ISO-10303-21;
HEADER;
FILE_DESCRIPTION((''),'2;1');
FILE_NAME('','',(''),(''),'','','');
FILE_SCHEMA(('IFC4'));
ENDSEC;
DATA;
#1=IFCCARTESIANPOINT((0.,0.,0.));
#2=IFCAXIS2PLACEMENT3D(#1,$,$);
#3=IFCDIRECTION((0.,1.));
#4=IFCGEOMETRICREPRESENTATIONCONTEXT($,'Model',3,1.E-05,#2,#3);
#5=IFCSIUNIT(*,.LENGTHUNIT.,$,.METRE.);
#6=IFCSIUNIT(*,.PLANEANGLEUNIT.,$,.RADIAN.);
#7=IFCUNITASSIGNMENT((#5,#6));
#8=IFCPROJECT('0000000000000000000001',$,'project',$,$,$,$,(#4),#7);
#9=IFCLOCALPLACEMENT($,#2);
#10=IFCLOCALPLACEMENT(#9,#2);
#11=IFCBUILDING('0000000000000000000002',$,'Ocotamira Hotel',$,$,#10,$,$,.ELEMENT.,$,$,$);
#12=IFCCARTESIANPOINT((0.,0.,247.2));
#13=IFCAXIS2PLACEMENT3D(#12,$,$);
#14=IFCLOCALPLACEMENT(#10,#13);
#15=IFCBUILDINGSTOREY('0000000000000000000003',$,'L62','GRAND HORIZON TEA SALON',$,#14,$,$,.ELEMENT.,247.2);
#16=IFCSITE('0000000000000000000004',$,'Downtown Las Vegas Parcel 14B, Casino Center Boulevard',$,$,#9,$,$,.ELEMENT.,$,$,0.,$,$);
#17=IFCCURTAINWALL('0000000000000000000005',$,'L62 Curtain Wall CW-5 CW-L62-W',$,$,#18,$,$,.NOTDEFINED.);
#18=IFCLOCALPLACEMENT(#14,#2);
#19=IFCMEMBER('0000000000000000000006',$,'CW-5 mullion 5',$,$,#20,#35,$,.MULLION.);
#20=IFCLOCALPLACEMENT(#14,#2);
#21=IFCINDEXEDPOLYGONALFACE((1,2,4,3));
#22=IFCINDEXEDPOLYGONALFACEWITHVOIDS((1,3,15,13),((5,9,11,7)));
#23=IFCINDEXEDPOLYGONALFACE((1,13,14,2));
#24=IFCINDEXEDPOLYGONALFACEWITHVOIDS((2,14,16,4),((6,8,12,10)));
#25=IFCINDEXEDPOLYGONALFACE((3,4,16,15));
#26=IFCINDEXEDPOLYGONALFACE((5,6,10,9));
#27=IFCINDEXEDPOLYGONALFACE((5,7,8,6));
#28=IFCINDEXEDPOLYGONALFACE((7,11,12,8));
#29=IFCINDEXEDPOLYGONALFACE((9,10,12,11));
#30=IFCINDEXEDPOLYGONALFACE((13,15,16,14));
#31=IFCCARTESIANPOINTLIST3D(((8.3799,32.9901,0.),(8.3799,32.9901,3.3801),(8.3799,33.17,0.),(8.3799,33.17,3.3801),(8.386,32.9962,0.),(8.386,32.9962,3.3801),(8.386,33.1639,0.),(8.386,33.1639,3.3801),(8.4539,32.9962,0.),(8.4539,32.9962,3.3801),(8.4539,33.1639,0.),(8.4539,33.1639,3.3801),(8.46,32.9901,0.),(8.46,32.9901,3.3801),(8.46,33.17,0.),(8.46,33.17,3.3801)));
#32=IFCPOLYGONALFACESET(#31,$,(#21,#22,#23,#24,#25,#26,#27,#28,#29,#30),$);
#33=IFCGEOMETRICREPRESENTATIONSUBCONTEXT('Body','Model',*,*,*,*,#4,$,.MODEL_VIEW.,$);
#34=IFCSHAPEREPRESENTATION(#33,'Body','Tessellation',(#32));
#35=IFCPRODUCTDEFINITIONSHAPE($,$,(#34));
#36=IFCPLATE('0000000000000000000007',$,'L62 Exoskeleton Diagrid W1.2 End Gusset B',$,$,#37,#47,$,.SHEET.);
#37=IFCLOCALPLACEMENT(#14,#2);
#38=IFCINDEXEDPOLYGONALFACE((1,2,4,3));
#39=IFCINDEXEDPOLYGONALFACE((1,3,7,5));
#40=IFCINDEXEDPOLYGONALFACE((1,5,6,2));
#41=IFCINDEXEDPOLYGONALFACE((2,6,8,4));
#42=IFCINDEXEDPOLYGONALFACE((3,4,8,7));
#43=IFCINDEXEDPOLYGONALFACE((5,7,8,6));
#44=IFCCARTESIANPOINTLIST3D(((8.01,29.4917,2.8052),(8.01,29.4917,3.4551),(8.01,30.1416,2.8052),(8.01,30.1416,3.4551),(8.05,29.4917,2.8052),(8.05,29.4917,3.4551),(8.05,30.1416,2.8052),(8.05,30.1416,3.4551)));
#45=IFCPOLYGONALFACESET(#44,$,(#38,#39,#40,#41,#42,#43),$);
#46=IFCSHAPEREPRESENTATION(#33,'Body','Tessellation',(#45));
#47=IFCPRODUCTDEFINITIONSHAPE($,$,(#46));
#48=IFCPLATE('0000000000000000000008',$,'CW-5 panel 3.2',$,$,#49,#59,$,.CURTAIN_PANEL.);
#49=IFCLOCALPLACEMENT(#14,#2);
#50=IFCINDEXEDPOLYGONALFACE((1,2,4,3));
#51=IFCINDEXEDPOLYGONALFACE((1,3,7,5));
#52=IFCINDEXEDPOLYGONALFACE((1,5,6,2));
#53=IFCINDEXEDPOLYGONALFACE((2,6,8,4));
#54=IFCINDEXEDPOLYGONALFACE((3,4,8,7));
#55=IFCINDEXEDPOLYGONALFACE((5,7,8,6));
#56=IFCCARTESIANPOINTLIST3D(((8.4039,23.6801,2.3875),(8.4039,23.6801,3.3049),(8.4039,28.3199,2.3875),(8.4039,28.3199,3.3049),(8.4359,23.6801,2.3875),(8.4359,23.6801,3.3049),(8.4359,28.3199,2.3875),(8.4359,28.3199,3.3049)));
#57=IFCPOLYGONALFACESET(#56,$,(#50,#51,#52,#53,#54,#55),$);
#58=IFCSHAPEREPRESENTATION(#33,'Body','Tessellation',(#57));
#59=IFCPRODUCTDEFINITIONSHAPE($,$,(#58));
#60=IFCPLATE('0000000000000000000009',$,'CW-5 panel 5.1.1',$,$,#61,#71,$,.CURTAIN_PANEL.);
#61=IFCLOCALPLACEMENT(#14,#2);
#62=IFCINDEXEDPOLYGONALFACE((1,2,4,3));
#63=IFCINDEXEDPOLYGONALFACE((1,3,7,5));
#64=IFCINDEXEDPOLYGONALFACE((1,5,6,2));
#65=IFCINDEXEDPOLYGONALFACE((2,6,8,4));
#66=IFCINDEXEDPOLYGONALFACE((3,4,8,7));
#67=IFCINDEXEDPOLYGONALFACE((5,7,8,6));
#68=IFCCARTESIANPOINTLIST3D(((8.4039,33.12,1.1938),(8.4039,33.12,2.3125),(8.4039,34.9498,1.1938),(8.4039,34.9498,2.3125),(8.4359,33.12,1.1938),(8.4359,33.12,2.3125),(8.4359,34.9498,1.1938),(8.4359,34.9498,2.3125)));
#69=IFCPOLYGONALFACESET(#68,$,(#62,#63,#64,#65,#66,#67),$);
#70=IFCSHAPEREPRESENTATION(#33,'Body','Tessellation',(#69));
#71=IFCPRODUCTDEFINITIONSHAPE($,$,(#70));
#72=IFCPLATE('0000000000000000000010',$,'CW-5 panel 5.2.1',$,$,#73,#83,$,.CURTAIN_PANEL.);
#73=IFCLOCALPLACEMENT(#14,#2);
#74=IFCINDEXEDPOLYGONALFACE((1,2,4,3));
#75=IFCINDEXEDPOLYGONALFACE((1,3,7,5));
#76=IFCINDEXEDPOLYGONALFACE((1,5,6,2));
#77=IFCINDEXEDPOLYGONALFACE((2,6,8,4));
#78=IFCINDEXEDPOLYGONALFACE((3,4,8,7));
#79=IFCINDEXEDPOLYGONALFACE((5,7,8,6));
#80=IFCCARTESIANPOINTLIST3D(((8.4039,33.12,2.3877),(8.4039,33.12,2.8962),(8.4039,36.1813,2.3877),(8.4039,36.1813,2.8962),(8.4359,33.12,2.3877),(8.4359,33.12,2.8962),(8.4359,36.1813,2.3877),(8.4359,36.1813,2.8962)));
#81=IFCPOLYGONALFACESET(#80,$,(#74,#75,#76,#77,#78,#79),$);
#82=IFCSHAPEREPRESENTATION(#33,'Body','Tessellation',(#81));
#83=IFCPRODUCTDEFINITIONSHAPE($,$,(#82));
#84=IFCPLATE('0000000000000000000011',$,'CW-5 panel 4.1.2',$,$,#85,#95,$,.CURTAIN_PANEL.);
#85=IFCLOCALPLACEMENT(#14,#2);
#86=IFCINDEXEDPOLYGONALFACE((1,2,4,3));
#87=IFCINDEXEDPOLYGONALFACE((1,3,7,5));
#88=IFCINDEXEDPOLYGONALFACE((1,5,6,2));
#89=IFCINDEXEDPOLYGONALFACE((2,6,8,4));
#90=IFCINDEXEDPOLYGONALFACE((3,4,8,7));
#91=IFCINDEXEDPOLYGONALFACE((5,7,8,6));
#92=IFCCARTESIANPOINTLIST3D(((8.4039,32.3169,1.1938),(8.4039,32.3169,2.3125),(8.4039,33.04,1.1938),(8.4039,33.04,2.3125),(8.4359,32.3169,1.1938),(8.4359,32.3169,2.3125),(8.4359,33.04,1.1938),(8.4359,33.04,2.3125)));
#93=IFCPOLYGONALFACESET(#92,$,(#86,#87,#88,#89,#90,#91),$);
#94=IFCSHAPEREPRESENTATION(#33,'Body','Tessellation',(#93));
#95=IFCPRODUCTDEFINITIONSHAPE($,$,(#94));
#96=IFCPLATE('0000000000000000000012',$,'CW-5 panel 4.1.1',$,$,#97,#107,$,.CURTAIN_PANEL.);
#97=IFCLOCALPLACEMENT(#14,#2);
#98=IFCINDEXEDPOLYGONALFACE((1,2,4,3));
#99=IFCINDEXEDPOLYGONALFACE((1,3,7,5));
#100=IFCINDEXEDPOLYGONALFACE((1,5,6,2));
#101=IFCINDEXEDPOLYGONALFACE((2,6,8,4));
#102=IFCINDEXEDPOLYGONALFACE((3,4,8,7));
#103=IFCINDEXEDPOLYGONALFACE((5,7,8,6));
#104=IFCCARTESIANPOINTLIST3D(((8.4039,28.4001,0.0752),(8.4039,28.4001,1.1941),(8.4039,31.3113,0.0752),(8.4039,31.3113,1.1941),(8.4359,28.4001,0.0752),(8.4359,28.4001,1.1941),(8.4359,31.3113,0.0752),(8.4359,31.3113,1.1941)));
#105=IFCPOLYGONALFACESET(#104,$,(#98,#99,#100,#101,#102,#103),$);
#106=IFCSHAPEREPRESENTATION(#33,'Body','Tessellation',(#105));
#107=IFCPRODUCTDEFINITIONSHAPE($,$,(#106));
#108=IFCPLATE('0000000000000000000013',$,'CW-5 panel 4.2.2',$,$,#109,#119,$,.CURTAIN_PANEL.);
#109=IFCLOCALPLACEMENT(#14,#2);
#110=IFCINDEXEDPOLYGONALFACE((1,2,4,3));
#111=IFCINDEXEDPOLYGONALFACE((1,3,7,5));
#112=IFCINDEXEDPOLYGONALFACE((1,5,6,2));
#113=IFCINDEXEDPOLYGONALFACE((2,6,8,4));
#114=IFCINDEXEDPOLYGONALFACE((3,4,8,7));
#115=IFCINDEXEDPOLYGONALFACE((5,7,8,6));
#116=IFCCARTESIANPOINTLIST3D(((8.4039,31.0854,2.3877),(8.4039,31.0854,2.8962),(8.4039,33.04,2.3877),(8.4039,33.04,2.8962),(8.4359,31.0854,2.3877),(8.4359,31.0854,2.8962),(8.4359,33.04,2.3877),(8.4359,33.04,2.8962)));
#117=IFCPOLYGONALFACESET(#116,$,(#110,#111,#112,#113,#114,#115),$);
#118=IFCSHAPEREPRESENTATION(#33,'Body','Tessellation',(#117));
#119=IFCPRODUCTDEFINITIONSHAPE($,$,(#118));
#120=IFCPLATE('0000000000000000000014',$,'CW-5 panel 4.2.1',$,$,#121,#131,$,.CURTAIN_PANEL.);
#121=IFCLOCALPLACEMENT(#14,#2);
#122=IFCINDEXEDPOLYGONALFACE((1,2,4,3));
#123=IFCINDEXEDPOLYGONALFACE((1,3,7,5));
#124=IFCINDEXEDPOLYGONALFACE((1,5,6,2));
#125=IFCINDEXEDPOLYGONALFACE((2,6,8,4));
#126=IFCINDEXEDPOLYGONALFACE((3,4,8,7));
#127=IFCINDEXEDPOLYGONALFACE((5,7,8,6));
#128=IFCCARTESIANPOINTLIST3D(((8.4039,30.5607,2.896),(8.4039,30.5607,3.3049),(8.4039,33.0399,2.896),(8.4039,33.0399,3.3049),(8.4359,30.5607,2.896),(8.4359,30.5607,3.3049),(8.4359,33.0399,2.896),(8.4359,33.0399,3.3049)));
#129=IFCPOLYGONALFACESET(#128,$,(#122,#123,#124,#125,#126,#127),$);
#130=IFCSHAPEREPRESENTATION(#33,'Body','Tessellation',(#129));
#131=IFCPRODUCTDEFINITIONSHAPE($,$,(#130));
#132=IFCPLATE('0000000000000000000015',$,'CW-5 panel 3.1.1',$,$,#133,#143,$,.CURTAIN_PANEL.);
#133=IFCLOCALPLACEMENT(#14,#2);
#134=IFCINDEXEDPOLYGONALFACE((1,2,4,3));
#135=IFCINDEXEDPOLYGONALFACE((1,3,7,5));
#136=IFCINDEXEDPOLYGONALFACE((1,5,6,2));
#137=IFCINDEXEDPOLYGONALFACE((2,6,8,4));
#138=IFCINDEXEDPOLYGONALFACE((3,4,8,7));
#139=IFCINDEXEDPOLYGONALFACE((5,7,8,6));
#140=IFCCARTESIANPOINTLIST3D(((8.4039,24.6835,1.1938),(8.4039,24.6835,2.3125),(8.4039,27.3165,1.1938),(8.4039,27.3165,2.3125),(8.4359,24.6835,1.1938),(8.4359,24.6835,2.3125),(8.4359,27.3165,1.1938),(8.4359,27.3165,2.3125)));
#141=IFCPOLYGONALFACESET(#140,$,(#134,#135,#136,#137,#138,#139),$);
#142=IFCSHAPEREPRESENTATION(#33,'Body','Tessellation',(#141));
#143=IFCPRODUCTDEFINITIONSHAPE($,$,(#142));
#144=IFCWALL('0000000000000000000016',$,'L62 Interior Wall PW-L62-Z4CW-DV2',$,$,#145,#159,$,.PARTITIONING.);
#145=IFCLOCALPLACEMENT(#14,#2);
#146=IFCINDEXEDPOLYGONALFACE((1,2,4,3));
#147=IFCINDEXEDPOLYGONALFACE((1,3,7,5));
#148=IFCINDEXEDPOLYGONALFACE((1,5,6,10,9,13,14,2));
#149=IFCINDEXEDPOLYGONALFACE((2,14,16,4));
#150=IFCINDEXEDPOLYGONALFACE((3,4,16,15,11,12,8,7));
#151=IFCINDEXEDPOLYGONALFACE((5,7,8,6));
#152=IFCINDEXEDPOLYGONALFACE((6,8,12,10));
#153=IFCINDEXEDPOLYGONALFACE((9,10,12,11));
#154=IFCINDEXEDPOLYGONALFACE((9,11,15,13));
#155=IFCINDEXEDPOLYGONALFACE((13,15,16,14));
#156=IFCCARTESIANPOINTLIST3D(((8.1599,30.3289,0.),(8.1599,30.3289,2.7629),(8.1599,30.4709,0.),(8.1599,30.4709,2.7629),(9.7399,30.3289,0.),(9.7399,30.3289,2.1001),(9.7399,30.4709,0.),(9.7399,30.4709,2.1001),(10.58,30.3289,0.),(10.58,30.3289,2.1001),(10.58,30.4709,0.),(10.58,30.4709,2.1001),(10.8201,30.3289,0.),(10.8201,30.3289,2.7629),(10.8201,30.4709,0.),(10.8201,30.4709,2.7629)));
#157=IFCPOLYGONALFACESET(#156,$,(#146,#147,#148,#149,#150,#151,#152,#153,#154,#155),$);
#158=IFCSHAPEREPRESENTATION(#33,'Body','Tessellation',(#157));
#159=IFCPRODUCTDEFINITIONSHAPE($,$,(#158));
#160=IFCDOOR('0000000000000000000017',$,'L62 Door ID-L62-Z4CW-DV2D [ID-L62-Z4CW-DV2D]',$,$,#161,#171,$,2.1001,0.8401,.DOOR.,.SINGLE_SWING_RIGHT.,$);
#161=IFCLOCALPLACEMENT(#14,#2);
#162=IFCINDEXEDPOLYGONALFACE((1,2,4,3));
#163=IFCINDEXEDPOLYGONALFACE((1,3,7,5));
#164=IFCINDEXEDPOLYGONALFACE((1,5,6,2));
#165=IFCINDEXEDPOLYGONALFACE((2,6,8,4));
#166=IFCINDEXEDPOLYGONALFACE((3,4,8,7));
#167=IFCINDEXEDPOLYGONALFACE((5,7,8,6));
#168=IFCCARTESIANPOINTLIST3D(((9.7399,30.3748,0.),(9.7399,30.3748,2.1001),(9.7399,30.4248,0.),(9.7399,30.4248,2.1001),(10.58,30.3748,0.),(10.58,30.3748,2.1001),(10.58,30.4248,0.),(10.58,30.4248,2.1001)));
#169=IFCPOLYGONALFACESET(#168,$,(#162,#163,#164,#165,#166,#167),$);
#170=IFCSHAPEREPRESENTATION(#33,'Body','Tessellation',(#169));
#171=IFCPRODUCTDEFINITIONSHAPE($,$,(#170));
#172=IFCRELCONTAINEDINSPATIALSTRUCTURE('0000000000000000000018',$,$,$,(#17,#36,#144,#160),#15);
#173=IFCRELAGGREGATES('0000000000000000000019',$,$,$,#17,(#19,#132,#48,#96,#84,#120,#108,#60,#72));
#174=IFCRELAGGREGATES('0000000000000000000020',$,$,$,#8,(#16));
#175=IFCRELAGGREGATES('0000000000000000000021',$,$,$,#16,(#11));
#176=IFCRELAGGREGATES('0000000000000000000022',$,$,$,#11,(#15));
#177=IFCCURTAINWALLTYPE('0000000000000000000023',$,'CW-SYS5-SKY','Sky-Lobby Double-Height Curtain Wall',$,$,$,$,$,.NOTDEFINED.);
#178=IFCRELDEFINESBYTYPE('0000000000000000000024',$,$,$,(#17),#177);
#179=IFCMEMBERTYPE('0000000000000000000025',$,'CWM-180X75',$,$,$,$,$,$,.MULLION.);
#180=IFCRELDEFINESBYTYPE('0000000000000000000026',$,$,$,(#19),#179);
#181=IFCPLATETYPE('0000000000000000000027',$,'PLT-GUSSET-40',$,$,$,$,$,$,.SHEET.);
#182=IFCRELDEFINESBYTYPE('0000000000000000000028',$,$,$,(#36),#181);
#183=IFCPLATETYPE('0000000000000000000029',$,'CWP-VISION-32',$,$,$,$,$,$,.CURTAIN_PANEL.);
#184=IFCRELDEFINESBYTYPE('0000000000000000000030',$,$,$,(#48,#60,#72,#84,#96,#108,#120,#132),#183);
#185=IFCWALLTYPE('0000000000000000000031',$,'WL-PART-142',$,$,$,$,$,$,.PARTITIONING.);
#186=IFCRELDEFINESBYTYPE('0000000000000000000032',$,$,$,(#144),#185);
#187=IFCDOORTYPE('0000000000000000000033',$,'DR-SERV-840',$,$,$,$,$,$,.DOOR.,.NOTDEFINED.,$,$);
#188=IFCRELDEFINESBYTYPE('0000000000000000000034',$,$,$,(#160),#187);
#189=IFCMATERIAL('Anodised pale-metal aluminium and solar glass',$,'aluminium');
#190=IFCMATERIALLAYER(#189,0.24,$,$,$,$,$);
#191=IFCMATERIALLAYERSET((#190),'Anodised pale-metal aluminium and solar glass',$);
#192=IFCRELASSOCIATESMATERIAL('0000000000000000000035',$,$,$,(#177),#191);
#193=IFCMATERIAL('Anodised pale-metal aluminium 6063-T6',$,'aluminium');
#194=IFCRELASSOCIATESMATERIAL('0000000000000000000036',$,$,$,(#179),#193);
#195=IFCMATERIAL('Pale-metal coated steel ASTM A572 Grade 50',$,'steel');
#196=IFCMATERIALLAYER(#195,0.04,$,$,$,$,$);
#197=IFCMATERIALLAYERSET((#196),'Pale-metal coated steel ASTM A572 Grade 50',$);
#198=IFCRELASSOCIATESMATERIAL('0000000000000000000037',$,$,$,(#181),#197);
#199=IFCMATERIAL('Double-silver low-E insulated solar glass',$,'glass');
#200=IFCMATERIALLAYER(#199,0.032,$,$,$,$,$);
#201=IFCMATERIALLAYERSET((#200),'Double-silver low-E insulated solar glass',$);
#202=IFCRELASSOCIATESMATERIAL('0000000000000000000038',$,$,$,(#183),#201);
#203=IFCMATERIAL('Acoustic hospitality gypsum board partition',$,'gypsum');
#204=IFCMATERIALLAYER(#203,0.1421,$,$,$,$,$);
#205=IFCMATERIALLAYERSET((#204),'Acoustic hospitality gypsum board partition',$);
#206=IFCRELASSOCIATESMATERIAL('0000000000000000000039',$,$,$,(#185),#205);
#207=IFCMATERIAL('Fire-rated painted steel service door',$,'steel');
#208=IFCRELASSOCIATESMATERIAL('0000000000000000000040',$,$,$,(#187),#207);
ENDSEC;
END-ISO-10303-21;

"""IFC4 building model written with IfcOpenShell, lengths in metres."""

from ifc_helpers import new_model, si_unit, direction, frame, frame_2d, origin, origin_2d, place, context, subcontext, project, spatial, rectangle, hollow_rectangle, extrude, source, transform, mapped, material, layer, layer_set, material_profile, profile_set, type_object, element, fill, aggregate, save


model = new_model("IFC4")

# Units and contexts
model_context = context("Model", 3, precision=1e-05, world=origin(), true_north=direction((0.0, 1.0)))
body_context = subcontext(model_context, "Body", "Model", "MODEL_VIEW")
ifc_project = project(units=[si_unit("LENGTHUNIT", "METRE"), si_unit("PLANEANGLEUNIT", "RADIAN")], contexts=[model_context])

# Site, building, storey
site_placement = place(None, origin())
site = spatial("IfcSite", under=ifc_project, at=site_placement, Name="Downtown Las Vegas Parcel 14B, Casino Center Boulevard", CompositionType="ELEMENT", RefElevation=0.0)
building_placement = place(site_placement, origin())
building = spatial("IfcBuilding", under=site, at=building_placement, Name="Ocotamira Hotel", CompositionType="ELEMENT")
storey_placement = place(building_placement, frame((0.0, 0.0, 247.2)))
storey = spatial("IfcBuildingStorey", under=building, at=storey_placement, Name="L62", Description="GRAND HORIZON TEA SALON", CompositionType="ELEMENT", Elevation=247.2)

# Curtain wall, member
ifc_material_1 = material(Name="Anodised pale-metal aluminium and solar glass", Category="aluminium")
ifc_layer_1 = layer(ifc_material_1, 0.24)
ifc_layer_set_1 = layer_set([ifc_layer_1], Name="Anodised pale-metal aluminium and solar glass")
curtain_wall_type = type_object("IfcCurtainWallType", Name="CW-SYS5-SKY", Description="Sky-Lobby Double-Height Curtain Wall", PredefinedType="NOTDEFINED", material=ifc_layer_set_1)
curtain_wall_placement = place(storey_placement, origin())
curtain_wall = element("IfcCurtainWall", 1, at=curtain_wall_placement, inside=storey, type_object=curtain_wall_type, Name="L62 Curtain Wall CW-5 CW-L62-W", PredefinedType="NOTDEFINED")
ifc_material_2 = material(Name="Anodised pale-metal aluminium 6063-T6", Category="aluminium")
ifc_material_profile_1 = material_profile(ifc_material_2, hollow_rectangle(XDim=0.0801, YDim=0.1799, WallThickness=0.0061, at=origin_2d()), Name="HSS180X80X6")
ifc_profile_set_1 = profile_set([ifc_material_profile_1], Name="Anodised pale-metal aluminium 6063-T6")
member_type_1 = type_object("IfcMemberType", Name="CWM-180X75", PredefinedType="MULLION", material=ifc_profile_set_1)
shared_shape_1 = source(origin(), body_context, "Body", "SweptSolid", [
    extrude(hollow_rectangle(XDim=0.0801, YDim=0.1799, WallThickness=0.0061, at=origin_2d()), origin(), (0.0, 0.0, 1.0), 3.3801),
])
member_1_placement = place(storey_placement, frame((8.4199, 33.0801, 0.0), z_axis=(0.0, 0.0, 1.0), x_axis=(-1.0, 0.0, 0.0)))
member_1 = element("IfcMember", 2, at=member_1_placement, type_object=member_type_1, Name="CW-5 mullion 5", PredefinedType="MULLION", context=body_context, shape_type="MappedRepresentation", body=[
    mapped(shared_shape_1, transform((0.0, 0.0, 0.0), scale=1.0)),
])

# Plates
ifc_material_3 = material(Name="Pale-metal coated steel ASTM A572 Grade 50", Category="steel")
ifc_layer_2 = layer(ifc_material_3, 0.04)
ifc_layer_set_2 = layer_set([ifc_layer_2], Name="Pale-metal coated steel ASTM A572 Grade 50")
plate_type_1 = type_object("IfcPlateType", Name="PLT-GUSSET-40", PredefinedType="SHEET", material=ifc_layer_set_2)
shared_shape_2 = source(origin(), body_context, "Body", "SweptSolid", [
    extrude(rectangle(XDim=0.04, YDim=0.6499, at=origin_2d()), origin(), (0.0, 0.0, 1.0), 0.6499),
])
plate_1_placement = place(storey_placement, frame((8.03, 29.8167, 2.8052), z_axis=(0.0, 0.0, 1.0), x_axis=(1.0, 0.0, 0.0)))
element("IfcPlate", 3, at=plate_1_placement, inside=storey, type_object=plate_type_1, Name="L62 Exoskeleton Diagrid W1.2 End Gusset B", PredefinedType="SHEET", context=body_context, shape_type="MappedRepresentation", body=[
    mapped(shared_shape_2, transform((0.0, 0.0, 0.0), scale=1.0)),
])
ifc_material_4 = material(Name="Double-silver low-E insulated solar glass", Category="glass")
ifc_layer_3 = layer(ifc_material_4, 0.032)
ifc_layer_set_3 = layer_set([ifc_layer_3], Name="Double-silver low-E insulated solar glass")
plate_type_2 = type_object("IfcPlateType", Name="CWP-VISION-32", PredefinedType="CURTAIN_PANEL", material=ifc_layer_set_3)
shared_shape_3 = source(origin(), body_context, "Body", "SweptSolid", [
    extrude(rectangle(XDim=4.6399, YDim=0.032, at=origin_2d()), origin(), (0.0, 0.0, 1.0), 0.9175),
])
plate_2_placement = place(storey_placement, frame((8.4199, 26.0, 2.3875), z_axis=(0.0, 0.0, 1.0), x_axis=(0.0, 1.0, 0.0)))
plate_2 = element("IfcPlate", 4, at=plate_2_placement, type_object=plate_type_2, Name="CW-5 panel 3.2", PredefinedType="CURTAIN_PANEL", context=body_context, shape_type="MappedRepresentation", body=[
    mapped(shared_shape_3, transform((0.0, 0.0, 0.0), scale=1.0)),
])
shared_shape_4 = source(origin(), body_context, "Body", "SweptSolid", [
    extrude(rectangle(XDim=1.8298, YDim=0.032, at=origin_2d()), origin(), (0.0, 0.0, 1.0), 1.1187),
])
plate_3_placement = place(storey_placement, frame((8.4199, 34.0349, 1.1938), z_axis=(0.0, 0.0, 1.0), x_axis=(0.0, 1.0, 0.0)))
plate_3 = element("IfcPlate", 5, at=plate_3_placement, type_object=plate_type_2, Name="CW-5 panel 5.1.1", PredefinedType="CURTAIN_PANEL", context=body_context, shape_type="MappedRepresentation", body=[
    mapped(shared_shape_4, transform((0.0, 0.0, 0.0), scale=1.0)),
])
shared_shape_5 = source(origin(), body_context, "Body", "SweptSolid", [
    extrude(rectangle(XDim=3.0613, YDim=0.032, at=origin_2d()), origin(), (0.0, 0.0, 1.0), 0.5085),
])
plate_4_placement = place(storey_placement, frame((8.4199, 34.6506, 2.3877), z_axis=(0.0, 0.0, 1.0), x_axis=(0.0, 1.0, 0.0)))
plate_4 = element("IfcPlate", 6, at=plate_4_placement, type_object=plate_type_2, Name="CW-5 panel 5.2.1", PredefinedType="CURTAIN_PANEL", context=body_context, shape_type="MappedRepresentation", body=[
    mapped(shared_shape_5, transform((0.0, 0.0, 0.0), scale=1.0)),
])
shared_shape_6 = source(origin(), body_context, "Body", "SweptSolid", [
    extrude(rectangle(XDim=0.7231, YDim=0.032, at=origin_2d()), origin(), (0.0, 0.0, 1.0), 1.1187),
])
plate_5_placement = place(storey_placement, frame((8.4199, 32.6785, 1.1938), z_axis=(0.0, 0.0, 1.0), x_axis=(0.0, 1.0, 0.0)))
plate_5 = element("IfcPlate", 7, at=plate_5_placement, type_object=plate_type_2, Name="CW-5 panel 4.1.2", PredefinedType="CURTAIN_PANEL", context=body_context, shape_type="MappedRepresentation", body=[
    mapped(shared_shape_6, transform((0.0, 0.0, 0.0), scale=1.0)),
])
shared_shape_7 = source(origin(), body_context, "Body", "SweptSolid", [
    extrude(rectangle(XDim=2.9111, YDim=0.032, at=origin_2d()), origin(), (0.0, 0.0, 1.0), 1.1189),
])
plate_6_placement = place(storey_placement, frame((8.4199, 29.8557, 0.0752), z_axis=(0.0, 0.0, 1.0), x_axis=(0.0, 1.0, 0.0)))
plate_6 = element("IfcPlate", 8, at=plate_6_placement, type_object=plate_type_2, Name="CW-5 panel 4.1.1", PredefinedType="CURTAIN_PANEL", context=body_context, shape_type="MappedRepresentation", body=[
    mapped(shared_shape_7, transform((0.0, 0.0, 0.0), scale=1.0)),
])
shared_shape_8 = source(origin(), body_context, "Body", "SweptSolid", [
    extrude(rectangle(XDim=1.9546, YDim=0.032, at=origin_2d()), origin(), (0.0, 0.0, 1.0), 0.5085),
])
plate_7_placement = place(storey_placement, frame((8.4199, 32.0627, 2.3877), z_axis=(0.0, 0.0, 1.0), x_axis=(0.0, 1.0, 0.0)))
plate_7 = element("IfcPlate", 9, at=plate_7_placement, type_object=plate_type_2, Name="CW-5 panel 4.2.2", PredefinedType="CURTAIN_PANEL", context=body_context, shape_type="MappedRepresentation", body=[
    mapped(shared_shape_8, transform((0.0, 0.0, 0.0), scale=1.0)),
])
shared_shape_9 = source(origin(), body_context, "Body", "SweptSolid", [
    extrude(rectangle(XDim=2.4792, YDim=0.032, at=origin_2d()), origin(), (0.0, 0.0, 1.0), 0.4089),
])
plate_8_placement = place(storey_placement, frame((8.4199, 31.8003, 2.896), z_axis=(0.0, 0.0, 1.0), x_axis=(0.0, 1.0, 0.0)))
plate_8 = element("IfcPlate", 10, at=plate_8_placement, type_object=plate_type_2, Name="CW-5 panel 4.2.1", PredefinedType="CURTAIN_PANEL", context=body_context, shape_type="MappedRepresentation", body=[
    mapped(shared_shape_9, transform((0.0, 0.0, 0.0), scale=1.0)),
])
shared_shape_10 = source(origin(), body_context, "Body", "SweptSolid", [
    extrude(rectangle(XDim=2.6331, YDim=0.032, at=origin_2d()), origin(), (0.0, 0.0, 1.0), 1.1187),
])
plate_9_placement = place(storey_placement, frame((8.4199, 26.0, 1.1938), z_axis=(0.0, 0.0, 1.0), x_axis=(0.0, 1.0, 0.0)))
plate_9 = element("IfcPlate", 11, at=plate_9_placement, type_object=plate_type_2, Name="CW-5 panel 3.1.1", PredefinedType="CURTAIN_PANEL", context=body_context, shape_type="MappedRepresentation", body=[
    mapped(shared_shape_10, transform((0.0, 0.0, 0.0), scale=1.0)),
])
aggregate(curtain_wall, [member_1, plate_9, plate_2, plate_6, plate_5, plate_8, plate_7, plate_3, plate_4])

# Wall, opening, door
ifc_material_5 = material(Name="Acoustic hospitality gypsum board partition", Category="gypsum")
ifc_layer_4 = layer(ifc_material_5, 0.1421)
ifc_layer_set_4 = layer_set([ifc_layer_4], Name="Acoustic hospitality gypsum board partition")
wall_type_1 = type_object("IfcWallType", Name="WL-PART-142", PredefinedType="PARTITIONING", material=ifc_layer_set_4)
wall_1_placement = place(storey_placement, frame((8.1599, 30.3999, 0.0), z_axis=(0.0, 0.0, 1.0), x_axis=(1.0, 0.0, 0.0)))
wall_1 = element("IfcWall", 12, at=wall_1_placement, inside=storey, type_object=wall_type_1, Name="L62 Interior Wall PW-L62-Z4CW-DV2", PredefinedType="PARTITIONING", context=body_context, shape_type="SweptSolid", body=[
    extrude(rectangle(XDim=2.6602, YDim=0.1421, at=frame_2d((1.3301, 0.0))), origin(), (0.0, 0.0, 1.0), 2.7629),
])
opening_1_placement = place(wall_1_placement, frame((1.5801, 0.0, 0.0)))
opening_1 = element("IfcOpeningElement", 13, at=opening_1_placement, cuts=wall_1, PredefinedType="OPENING", context=body_context, shape_type="SweptSolid", body=[
    extrude(rectangle(XDim=0.8401, YDim=2.1001, at=frame_2d((0.4199, 1.05))), frame((0.0, 0.0811, 0.0), z_axis=(0.0, -1.0, 0.0), x_axis=(1.0, 0.0, 0.0)), (0.0, 0.0, 1.0), 0.1621),
])
ifc_material_6 = material(Name="Fire-rated painted steel service door", Category="steel")
door_type_1 = type_object("IfcDoorType", Name="DR-SERV-840", OperationType="NOTDEFINED", PredefinedType="DOOR", material=ifc_material_6)
shared_shape_11 = source(origin(), body_context, "Body", "SweptSolid", [
    extrude(rectangle(XDim=0.8401, YDim=2.1001, at=frame_2d((0.4199, 1.05))), frame((0.0, 0.0249, 0.0), z_axis=(0.0, -1.0, 0.0), x_axis=(1.0, 0.0, 0.0)), (0.0, 0.0, 1.0), 0.05),
])
door_1_placement = place(opening_1_placement, origin())
door_1 = element("IfcDoor", 14, at=door_1_placement, inside=storey, type_object=door_type_1, Name="L62 Door ID-L62-Z4CW-DV2D [ID-L62-Z4CW-DV2D]", OperationType="SINGLE_SWING_RIGHT", OverallHeight=2.1001, OverallWidth=0.8401, PredefinedType="DOOR", context=body_context, shape_type="MappedRepresentation", body=[
    mapped(shared_shape_11, transform((0.0, 0.0, 0.0), scale=1.0)),
])
fill(opening_1, door_1)

save(model, "model.ifc")
